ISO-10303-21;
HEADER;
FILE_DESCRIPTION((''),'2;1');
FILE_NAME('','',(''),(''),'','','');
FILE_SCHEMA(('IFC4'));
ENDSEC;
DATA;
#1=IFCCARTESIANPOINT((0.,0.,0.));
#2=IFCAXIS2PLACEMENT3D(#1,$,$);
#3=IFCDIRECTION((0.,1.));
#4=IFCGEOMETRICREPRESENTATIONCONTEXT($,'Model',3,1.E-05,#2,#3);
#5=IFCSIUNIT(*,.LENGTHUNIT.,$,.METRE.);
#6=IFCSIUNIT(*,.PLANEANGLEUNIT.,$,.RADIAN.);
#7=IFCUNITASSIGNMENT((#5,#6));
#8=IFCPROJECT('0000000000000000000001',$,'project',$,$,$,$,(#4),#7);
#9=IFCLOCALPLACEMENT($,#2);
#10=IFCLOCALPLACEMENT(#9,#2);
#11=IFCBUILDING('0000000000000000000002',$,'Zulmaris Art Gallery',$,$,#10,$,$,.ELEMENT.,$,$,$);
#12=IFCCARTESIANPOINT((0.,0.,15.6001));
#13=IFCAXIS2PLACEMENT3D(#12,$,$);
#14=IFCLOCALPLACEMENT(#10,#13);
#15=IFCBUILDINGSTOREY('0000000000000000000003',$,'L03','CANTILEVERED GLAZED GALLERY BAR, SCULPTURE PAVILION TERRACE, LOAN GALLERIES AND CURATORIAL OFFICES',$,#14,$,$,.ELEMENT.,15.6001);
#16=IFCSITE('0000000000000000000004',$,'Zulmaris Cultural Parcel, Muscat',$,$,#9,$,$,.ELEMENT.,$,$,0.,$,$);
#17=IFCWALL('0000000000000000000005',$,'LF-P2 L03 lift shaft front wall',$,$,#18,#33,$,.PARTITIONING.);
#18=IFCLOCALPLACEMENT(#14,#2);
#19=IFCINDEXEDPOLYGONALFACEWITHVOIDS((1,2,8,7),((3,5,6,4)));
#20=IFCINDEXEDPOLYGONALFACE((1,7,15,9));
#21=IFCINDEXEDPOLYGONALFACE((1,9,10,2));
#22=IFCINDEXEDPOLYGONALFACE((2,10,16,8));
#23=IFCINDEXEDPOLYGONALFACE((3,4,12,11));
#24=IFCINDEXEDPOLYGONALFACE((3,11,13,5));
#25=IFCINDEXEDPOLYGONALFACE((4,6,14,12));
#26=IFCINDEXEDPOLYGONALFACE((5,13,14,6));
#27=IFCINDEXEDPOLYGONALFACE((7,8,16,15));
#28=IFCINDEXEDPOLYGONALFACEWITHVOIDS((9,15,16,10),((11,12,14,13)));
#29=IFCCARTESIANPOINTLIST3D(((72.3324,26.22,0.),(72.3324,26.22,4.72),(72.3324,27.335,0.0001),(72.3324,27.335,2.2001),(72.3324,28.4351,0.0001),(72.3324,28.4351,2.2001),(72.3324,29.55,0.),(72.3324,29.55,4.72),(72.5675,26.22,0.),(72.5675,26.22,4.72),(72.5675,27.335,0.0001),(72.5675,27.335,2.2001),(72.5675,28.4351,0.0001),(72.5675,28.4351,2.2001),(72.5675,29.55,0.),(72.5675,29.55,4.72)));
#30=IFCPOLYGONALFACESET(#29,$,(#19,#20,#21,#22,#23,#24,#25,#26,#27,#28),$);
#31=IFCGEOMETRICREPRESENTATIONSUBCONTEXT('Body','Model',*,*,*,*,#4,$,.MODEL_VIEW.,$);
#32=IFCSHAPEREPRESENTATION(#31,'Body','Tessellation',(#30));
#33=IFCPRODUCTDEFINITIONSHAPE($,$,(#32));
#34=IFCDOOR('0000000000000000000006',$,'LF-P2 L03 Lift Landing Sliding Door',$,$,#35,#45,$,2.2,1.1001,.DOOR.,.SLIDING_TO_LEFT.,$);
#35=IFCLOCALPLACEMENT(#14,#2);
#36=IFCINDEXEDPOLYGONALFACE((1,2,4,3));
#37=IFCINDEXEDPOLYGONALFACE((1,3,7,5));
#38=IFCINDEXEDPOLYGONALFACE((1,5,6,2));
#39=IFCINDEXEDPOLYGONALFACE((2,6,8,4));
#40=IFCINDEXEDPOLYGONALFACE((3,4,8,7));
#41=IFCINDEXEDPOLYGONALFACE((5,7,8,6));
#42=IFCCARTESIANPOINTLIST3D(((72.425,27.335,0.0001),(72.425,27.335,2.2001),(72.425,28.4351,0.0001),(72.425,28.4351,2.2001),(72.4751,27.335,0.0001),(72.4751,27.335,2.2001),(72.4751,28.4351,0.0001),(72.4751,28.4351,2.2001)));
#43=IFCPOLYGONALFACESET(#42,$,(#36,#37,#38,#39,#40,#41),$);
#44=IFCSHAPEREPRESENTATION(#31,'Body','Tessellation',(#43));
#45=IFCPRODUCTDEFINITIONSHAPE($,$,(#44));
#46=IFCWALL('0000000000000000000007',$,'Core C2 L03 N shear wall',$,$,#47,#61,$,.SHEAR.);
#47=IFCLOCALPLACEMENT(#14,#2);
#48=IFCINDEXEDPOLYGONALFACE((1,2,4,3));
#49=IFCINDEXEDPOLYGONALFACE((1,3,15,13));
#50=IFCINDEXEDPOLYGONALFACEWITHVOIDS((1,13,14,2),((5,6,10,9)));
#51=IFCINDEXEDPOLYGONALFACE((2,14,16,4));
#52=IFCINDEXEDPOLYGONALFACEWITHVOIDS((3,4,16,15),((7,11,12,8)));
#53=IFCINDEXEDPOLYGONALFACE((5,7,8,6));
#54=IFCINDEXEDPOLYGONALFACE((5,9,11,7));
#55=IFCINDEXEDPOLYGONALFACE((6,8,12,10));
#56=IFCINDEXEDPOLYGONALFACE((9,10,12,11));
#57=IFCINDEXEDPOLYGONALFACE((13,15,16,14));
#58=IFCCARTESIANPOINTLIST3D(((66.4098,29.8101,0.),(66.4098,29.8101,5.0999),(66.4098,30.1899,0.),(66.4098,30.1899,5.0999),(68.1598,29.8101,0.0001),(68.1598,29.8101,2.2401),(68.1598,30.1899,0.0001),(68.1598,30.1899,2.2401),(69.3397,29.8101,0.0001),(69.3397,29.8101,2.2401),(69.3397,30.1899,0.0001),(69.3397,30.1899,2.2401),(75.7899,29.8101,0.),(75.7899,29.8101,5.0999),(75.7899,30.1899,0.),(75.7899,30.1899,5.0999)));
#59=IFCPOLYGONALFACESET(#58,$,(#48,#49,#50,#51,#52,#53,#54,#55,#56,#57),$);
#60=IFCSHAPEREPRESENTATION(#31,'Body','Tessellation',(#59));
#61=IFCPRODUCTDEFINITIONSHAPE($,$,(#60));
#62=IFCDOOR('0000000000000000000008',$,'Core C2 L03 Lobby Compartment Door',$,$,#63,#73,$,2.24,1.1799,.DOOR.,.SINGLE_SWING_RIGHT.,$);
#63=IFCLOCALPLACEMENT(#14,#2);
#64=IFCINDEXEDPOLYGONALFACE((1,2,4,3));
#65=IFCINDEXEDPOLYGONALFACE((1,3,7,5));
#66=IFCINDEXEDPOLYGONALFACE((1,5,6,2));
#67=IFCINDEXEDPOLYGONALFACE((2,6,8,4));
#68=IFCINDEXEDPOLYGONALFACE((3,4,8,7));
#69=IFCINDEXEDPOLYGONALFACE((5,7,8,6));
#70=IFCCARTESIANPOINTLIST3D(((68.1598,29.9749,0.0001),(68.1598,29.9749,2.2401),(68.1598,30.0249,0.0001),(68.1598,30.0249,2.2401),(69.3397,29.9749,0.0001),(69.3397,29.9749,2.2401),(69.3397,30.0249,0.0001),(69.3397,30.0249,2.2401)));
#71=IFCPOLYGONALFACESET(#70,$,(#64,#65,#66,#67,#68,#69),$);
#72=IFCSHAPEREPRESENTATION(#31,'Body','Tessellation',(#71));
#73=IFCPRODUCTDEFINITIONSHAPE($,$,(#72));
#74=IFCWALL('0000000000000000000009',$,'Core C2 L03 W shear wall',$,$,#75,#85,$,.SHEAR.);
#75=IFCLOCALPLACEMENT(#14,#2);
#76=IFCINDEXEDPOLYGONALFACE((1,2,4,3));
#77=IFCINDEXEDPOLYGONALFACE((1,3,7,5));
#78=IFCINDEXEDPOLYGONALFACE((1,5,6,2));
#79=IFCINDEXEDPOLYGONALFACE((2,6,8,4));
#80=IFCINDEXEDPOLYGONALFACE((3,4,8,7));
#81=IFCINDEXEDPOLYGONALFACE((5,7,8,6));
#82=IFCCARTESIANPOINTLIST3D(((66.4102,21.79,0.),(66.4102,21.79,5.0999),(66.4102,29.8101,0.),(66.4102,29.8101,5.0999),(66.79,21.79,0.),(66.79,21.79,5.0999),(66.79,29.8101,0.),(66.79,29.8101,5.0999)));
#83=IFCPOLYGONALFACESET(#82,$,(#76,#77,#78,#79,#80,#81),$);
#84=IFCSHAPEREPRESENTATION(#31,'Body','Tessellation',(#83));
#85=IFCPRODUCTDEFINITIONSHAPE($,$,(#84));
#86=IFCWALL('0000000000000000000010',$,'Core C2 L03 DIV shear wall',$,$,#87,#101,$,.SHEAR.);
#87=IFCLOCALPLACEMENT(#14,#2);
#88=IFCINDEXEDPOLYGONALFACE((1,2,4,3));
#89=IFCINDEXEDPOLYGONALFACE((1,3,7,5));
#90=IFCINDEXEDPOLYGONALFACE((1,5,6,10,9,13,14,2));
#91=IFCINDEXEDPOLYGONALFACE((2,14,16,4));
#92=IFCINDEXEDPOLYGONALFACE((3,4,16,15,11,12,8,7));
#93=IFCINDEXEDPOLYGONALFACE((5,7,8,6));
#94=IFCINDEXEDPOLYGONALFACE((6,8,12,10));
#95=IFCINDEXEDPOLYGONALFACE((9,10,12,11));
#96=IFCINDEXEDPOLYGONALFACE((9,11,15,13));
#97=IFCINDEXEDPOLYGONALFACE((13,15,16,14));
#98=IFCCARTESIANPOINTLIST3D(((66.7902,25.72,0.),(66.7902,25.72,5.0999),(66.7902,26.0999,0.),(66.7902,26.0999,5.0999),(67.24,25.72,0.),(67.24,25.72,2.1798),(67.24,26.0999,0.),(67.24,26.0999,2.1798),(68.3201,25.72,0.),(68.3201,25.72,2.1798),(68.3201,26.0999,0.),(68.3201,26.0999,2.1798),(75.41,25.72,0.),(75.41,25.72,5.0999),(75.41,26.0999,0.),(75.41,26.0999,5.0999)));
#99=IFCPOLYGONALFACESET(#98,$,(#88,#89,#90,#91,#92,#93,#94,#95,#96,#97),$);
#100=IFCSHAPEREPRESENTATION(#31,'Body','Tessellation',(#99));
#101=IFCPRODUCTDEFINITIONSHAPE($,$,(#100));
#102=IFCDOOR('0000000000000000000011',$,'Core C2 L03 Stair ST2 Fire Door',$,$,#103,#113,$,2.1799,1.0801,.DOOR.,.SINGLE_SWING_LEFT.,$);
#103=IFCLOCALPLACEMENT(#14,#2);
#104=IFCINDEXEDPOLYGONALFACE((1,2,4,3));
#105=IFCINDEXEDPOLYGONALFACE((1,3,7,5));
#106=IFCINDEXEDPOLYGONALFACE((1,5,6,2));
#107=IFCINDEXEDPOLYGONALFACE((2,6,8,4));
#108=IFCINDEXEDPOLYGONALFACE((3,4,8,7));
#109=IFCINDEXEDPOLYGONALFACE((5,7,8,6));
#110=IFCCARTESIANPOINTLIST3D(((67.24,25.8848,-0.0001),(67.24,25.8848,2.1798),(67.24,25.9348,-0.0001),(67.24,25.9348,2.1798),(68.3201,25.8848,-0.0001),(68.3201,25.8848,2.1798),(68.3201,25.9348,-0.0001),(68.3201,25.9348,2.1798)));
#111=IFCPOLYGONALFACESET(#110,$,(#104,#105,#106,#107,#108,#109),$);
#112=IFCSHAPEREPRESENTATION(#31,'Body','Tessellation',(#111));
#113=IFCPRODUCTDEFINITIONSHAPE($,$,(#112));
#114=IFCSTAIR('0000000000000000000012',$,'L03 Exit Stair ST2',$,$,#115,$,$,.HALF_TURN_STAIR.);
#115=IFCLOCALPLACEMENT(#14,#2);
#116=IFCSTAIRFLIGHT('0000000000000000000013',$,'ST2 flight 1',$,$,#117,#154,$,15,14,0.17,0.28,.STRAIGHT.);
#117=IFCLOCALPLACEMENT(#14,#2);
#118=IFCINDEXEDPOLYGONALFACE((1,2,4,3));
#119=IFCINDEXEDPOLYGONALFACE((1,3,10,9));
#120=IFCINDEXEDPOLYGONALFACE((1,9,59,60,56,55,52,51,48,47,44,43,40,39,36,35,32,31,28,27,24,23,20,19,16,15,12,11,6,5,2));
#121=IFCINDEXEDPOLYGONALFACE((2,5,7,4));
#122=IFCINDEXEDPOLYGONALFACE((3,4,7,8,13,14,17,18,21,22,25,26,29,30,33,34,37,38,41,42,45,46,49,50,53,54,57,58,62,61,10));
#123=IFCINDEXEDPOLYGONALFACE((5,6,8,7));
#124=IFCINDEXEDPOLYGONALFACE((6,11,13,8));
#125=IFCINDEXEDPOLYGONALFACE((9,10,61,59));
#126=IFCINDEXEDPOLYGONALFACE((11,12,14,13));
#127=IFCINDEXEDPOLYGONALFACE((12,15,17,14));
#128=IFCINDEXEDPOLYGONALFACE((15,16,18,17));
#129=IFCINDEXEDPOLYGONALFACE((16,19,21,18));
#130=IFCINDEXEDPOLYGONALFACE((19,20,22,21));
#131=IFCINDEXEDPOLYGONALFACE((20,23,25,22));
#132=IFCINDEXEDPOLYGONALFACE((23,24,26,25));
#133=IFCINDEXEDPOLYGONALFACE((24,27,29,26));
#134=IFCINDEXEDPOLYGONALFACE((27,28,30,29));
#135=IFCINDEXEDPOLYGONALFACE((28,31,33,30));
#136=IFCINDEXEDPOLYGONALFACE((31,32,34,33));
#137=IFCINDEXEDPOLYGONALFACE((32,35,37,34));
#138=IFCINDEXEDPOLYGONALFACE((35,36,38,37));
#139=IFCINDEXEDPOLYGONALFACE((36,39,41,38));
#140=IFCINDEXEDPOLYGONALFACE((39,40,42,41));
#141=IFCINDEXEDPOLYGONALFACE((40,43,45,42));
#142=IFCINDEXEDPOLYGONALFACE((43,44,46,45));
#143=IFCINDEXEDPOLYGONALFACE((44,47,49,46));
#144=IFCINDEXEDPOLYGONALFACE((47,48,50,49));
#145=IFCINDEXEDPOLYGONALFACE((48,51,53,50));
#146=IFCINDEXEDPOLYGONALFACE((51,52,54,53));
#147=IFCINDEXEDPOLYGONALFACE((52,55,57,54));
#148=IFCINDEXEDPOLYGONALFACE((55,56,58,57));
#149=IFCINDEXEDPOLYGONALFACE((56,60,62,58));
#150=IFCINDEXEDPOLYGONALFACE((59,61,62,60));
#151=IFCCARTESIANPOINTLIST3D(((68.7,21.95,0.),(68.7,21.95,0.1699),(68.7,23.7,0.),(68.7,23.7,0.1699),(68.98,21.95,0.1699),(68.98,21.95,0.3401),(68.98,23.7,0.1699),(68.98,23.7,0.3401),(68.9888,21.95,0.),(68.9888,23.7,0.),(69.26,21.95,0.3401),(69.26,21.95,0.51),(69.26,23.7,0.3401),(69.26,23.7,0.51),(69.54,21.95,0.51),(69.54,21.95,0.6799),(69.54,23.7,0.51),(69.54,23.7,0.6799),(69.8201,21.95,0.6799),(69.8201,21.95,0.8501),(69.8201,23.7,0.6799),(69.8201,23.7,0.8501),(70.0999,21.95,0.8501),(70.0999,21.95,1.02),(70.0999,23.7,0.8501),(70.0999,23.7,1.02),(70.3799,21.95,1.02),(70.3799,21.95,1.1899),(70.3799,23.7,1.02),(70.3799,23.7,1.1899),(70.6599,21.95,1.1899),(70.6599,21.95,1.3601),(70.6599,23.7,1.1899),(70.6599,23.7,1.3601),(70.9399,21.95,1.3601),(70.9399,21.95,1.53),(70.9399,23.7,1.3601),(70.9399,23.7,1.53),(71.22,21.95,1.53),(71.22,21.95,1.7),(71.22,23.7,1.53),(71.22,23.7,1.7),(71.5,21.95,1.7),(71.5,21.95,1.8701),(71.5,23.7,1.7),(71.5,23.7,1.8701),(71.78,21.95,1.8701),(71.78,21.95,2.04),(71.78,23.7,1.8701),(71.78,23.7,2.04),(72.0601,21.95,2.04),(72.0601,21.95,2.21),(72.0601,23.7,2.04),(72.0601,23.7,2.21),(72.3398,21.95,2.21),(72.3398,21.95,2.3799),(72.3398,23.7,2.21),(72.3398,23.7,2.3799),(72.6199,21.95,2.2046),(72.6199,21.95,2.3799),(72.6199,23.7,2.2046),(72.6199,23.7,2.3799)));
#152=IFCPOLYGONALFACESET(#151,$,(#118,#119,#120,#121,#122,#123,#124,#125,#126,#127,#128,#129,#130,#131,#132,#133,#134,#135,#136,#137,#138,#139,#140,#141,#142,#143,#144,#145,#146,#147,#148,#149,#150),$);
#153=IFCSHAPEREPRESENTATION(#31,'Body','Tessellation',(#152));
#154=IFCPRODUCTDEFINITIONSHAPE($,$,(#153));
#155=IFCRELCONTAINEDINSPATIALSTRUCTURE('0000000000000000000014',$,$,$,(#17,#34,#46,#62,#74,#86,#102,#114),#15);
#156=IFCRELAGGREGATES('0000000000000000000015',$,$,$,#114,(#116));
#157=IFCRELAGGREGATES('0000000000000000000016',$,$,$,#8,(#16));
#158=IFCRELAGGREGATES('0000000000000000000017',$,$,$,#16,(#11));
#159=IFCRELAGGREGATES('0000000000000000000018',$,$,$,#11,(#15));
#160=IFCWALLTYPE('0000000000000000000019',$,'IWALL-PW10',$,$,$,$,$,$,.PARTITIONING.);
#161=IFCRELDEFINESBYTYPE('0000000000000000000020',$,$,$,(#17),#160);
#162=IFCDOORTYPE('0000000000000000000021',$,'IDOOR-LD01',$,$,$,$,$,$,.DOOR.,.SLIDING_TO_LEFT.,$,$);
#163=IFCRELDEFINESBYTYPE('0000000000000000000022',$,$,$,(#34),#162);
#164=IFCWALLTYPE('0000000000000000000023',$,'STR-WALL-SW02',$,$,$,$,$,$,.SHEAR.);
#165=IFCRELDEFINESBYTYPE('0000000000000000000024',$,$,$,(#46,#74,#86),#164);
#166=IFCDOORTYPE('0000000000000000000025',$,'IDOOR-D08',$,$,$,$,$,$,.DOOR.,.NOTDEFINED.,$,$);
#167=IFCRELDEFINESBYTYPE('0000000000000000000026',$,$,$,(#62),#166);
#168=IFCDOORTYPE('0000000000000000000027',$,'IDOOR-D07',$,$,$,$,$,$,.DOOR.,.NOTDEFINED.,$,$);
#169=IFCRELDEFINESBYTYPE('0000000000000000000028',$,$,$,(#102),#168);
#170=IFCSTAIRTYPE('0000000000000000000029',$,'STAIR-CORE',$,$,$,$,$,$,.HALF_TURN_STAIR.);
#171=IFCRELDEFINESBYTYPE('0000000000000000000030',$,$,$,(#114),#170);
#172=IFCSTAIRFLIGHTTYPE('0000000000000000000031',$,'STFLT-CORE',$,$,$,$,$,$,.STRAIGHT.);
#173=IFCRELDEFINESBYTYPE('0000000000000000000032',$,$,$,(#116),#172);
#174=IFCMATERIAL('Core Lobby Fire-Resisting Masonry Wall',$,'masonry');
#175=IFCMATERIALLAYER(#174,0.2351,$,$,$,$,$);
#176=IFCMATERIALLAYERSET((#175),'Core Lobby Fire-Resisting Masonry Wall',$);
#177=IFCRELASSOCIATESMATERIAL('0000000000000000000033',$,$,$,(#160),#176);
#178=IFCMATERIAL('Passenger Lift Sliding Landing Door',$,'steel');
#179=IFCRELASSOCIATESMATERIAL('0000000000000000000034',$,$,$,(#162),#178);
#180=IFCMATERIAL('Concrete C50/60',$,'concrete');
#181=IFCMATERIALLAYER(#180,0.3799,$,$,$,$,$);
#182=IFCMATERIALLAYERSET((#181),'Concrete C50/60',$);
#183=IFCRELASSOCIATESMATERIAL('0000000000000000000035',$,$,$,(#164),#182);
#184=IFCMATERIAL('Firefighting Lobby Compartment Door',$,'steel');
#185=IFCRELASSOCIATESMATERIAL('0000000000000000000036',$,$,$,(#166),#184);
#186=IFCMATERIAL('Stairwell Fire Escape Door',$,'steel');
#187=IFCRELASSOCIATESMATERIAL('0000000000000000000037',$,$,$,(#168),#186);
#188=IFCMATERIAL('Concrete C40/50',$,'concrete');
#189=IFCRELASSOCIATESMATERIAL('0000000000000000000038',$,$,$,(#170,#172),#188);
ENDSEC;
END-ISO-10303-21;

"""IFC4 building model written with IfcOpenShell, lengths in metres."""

from ifc_helpers import new_model, si_unit, direction, frame, frame_2d, origin, place, context, subcontext, project, spatial, polyline, rectangle, outline, extrude, material, layer, layer_set, type_object, element, fill, aggregate, save


model = new_model("IFC4")

# Units and contexts
model_context = context("Model", 3, precision=1e-05, world=origin(), true_north=direction((0.0, 1.0)))
body_context = subcontext(model_context, "Body", "Model", "MODEL_VIEW")
ifc_project = project(units=[si_unit("LENGTHUNIT", "METRE"), si_unit("PLANEANGLEUNIT", "RADIAN")], contexts=[model_context])

# Site, building, storey
site_placement = place(None, origin())
site = spatial("IfcSite", under=ifc_project, at=site_placement, Name="Zulmaris Cultural Parcel, Muscat", CompositionType="ELEMENT", RefElevation=0.0)
building_placement = place(site_placement, origin())
building = spatial("IfcBuilding", under=site, at=building_placement, Name="Zulmaris Art Gallery", CompositionType="ELEMENT")
storey_placement = place(building_placement, frame((0.0, 0.0, 15.6001)))
storey = spatial("IfcBuildingStorey", under=building, at=storey_placement, Name="L03", Description="CANTILEVERED GLAZED GALLERY BAR, SCULPTURE PAVILION TERRACE, LOAN GALLERIES AND CURATORIAL OFFICES", CompositionType="ELEMENT", Elevation=15.6001)

# Shared definitions
ifc_material_1 = material(Name="Concrete C40/50", Category="concrete")

# Walls, openings, doors
ifc_material_2 = material(Name="Core Lobby Fire-Resisting Masonry Wall", Category="masonry")
ifc_layer_1 = layer(ifc_material_2, 0.2351)
ifc_layer_set_1 = layer_set([ifc_layer_1], Name="Core Lobby Fire-Resisting Masonry Wall")
wall_type_1 = type_object("IfcWallType", Name="IWALL-PW10", PredefinedType="PARTITIONING", material=ifc_layer_set_1)
wall_1_placement = place(storey_placement, frame((72.45, 26.22, 0.0), z_axis=(0.0, 0.0, 1.0), x_axis=(0.0, 1.0, 0.0)))
wall_1 = element("IfcWall", 1, at=wall_1_placement, inside=storey, type_object=wall_type_1, Name="LF-P2 L03 lift shaft front wall", PredefinedType="PARTITIONING", context=body_context, shape_type="SweptSolid", body=[
    extrude(rectangle(XDim=3.3301, YDim=0.2351, at=frame_2d((1.665, 0.0))), origin(), (0.0, 0.0, 1.0), 4.72),
])
opening_1_placement = place(wall_1_placement, frame((1.115, 0.0, 0.0)))
opening_1 = element("IfcOpeningElement", 2, at=opening_1_placement, cuts=wall_1, PredefinedType="OPENING", context=body_context, shape_type="SweptSolid", body=[
    extrude(rectangle(XDim=1.1001, YDim=2.2, at=frame_2d((0.55, 1.1001))), frame((0.0, 0.1274, 0.0), z_axis=(0.0, -1.0, 0.0), x_axis=(1.0, 0.0, 0.0)), (0.0, 0.0, 1.0), 0.2551),
])
ifc_material_3 = material(Name="Passenger Lift Sliding Landing Door", Category="steel")
door_type_1 = type_object("IfcDoorType", Name="IDOOR-LD01", OperationType="SLIDING_TO_LEFT", PredefinedType="DOOR", material=ifc_material_3)
door_1_placement = place(opening_1_placement, origin())
door_1 = element("IfcDoor", 3, at=door_1_placement, inside=storey, type_object=door_type_1, Name="LF-P2 L03 Lift Landing Sliding Door", OperationType="SLIDING_TO_LEFT", OverallHeight=2.2, OverallWidth=1.1001, PredefinedType="DOOR", context=body_context, shape_type="SweptSolid", body=[
    extrude(rectangle(XDim=1.1001, YDim=2.2, at=frame_2d((0.55, 1.1001))), frame((0.0, 0.0249, 0.0), z_axis=(0.0, -1.0, 0.0), x_axis=(1.0, 0.0, 0.0)), (0.0, 0.0, 1.0), 0.05),
])
fill(opening_1, door_1)
ifc_material_4 = material(Name="Concrete C50/60", Category="concrete")
ifc_layer_2 = layer(ifc_material_4, 0.3799)
ifc_layer_set_2 = layer_set([ifc_layer_2], Name="Concrete C50/60")
wall_type_2 = type_object("IfcWallType", Name="STR-WALL-SW02", PredefinedType="SHEAR", material=ifc_layer_set_2)
wall_2_placement = place(storey_placement, frame((66.4099, 30.0, 0.0), z_axis=(0.0, 0.0, 1.0), x_axis=(1.0, 0.0, 0.0)))
wall_2 = element("IfcWall", 4, at=wall_2_placement, inside=storey, type_object=wall_type_2, Name="Core C2 L03 N shear wall", PredefinedType="SHEAR", context=body_context, shape_type="SweptSolid", body=[
    extrude(rectangle(XDim=9.3801, YDim=0.3799, at=frame_2d((4.6899, 0.0))), origin(), (0.0, 0.0, 1.0), 5.0999),
])
opening_2_placement = place(wall_2_placement, frame((1.75, 0.0, 0.0)))
opening_2 = element("IfcOpeningElement", 5, at=opening_2_placement, cuts=wall_2, PredefinedType="OPENING", context=body_context, shape_type="SweptSolid", body=[
    extrude(rectangle(XDim=1.1799, YDim=2.24, at=frame_2d((0.5898, 1.1201))), frame((0.0, 0.2, 0.0), z_axis=(0.0, -1.0, 0.0), x_axis=(1.0, 0.0, 0.0)), (0.0, 0.0, 1.0), 0.3999),
])
ifc_material_5 = material(Name="Firefighting Lobby Compartment Door", Category="steel")
door_type_2 = type_object("IfcDoorType", Name="IDOOR-D08", OperationType="NOTDEFINED", PredefinedType="DOOR", material=ifc_material_5)
door_2_placement = place(opening_2_placement, origin())
door_2 = element("IfcDoor", 6, at=door_2_placement, inside=storey, type_object=door_type_2, Name="Core C2 L03 Lobby Compartment Door", OperationType="SINGLE_SWING_RIGHT", OverallHeight=2.24, OverallWidth=1.1799, PredefinedType="DOOR", context=body_context, shape_type="SweptSolid", body=[
    extrude(rectangle(XDim=1.1799, YDim=2.24, at=frame_2d((0.5898, 1.1201))), frame((0.0, 0.0249, 0.0), z_axis=(0.0, -1.0, 0.0), x_axis=(1.0, 0.0, 0.0)), (0.0, 0.0, 1.0), 0.05),
])
fill(opening_2, door_2)

# Wall
wall_3_placement = place(storey_placement, frame((66.6001, 21.79, 0.0), z_axis=(0.0, 0.0, 1.0), x_axis=(0.0, 1.0, 0.0)))
element("IfcWall", 7, at=wall_3_placement, inside=storey, type_object=wall_type_2, Name="Core C2 L03 W shear wall", PredefinedType="SHEAR", context=body_context, shape_type="SweptSolid", body=[
    extrude(rectangle(XDim=8.02, YDim=0.3799, at=frame_2d((4.01, 0.0))), origin(), (0.0, 0.0, 1.0), 5.0999),
])

# Wall, opening, door
wall_4_placement = place(storey_placement, frame((66.79, 25.9099, 0.0), z_axis=(0.0, 0.0, 1.0), x_axis=(1.0, 0.0, 0.0)))
wall_4 = element("IfcWall", 8, at=wall_4_placement, inside=storey, type_object=wall_type_2, Name="Core C2 L03 DIV shear wall", PredefinedType="SHEAR", context=body_context, shape_type="SweptSolid", body=[
    extrude(rectangle(XDim=8.6199, YDim=0.3799, at=frame_2d((4.3101, 0.0))), origin(), (0.0, 0.0, 1.0), 5.0999),
])
opening_3_placement = place(wall_4_placement, frame((0.45, 0.0, 0.0)))
opening_3 = element("IfcOpeningElement", 9, at=opening_3_placement, cuts=wall_4, PredefinedType="OPENING", context=body_context, shape_type="SweptSolid", body=[
    extrude(rectangle(XDim=1.0801, YDim=2.1799, at=frame_2d((0.54, 1.0898))), frame((0.0, 0.2, 0.0), z_axis=(0.0, -1.0, 0.0), x_axis=(1.0, 0.0, 0.0)), (0.0, 0.0, 1.0), 0.3999),
])
ifc_material_6 = material(Name="Stairwell Fire Escape Door", Category="steel")
door_type_3 = type_object("IfcDoorType", Name="IDOOR-D07", OperationType="NOTDEFINED", PredefinedType="DOOR", material=ifc_material_6)
door_3_placement = place(opening_3_placement, origin())
door_3 = element("IfcDoor", 10, at=door_3_placement, inside=storey, type_object=door_type_3, Name="Core C2 L03 Stair ST2 Fire Door", OperationType="SINGLE_SWING_LEFT", OverallHeight=2.1799, OverallWidth=1.0801, PredefinedType="DOOR", context=body_context, shape_type="SweptSolid", body=[
    extrude(rectangle(XDim=1.0801, YDim=2.1799, at=frame_2d((0.54, 1.0898))), frame((0.0, 0.0249, 0.0), z_axis=(0.0, -1.0, 0.0), x_axis=(1.0, 0.0, 0.0)), (0.0, 0.0, 1.0), 0.05),
])
fill(opening_3, door_3)

# Stair, stair flight
stair_type = type_object("IfcStairType", Name="STAIR-CORE", PredefinedType="HALF_TURN_STAIR", material=ifc_material_1)
stair_placement = place(storey_placement, origin())
stair = element("IfcStair", 11, at=stair_placement, inside=storey, type_object=stair_type, Name="L03 Exit Stair ST2", PredefinedType="HALF_TURN_STAIR")
stair_flight_type = type_object("IfcStairFlightType", Name="STFLT-CORE", PredefinedType="STRAIGHT", material=ifc_material_1)
stair_flight_placement = place(storey_placement, frame((68.7, 22.825, 0.0), z_axis=(0.0, 0.0, 1.0), x_axis=(1.0, 0.0, 0.0)))
stair_flight = element("IfcStairFlight", 12, at=stair_flight_placement, type_object=stair_flight_type, Name="ST2 flight 1", NumberOfRisers=15, NumberOfTreads=14, PredefinedType="STRAIGHT", RiserHeight=0.17, TreadLength=0.28, context=body_context, shape_type="SweptSolid", body=[
    extrude(outline(polyline([(0.0, 0.0), (0.0, 0.1699), (0.28, 0.1699), (0.28, 0.3401), (0.5601, 0.3401), (0.5601, 0.51), (0.8401, 0.51), (0.8401, 0.6799), (1.1201, 0.6799), (1.1201, 0.8501), (1.3999, 0.8501), (1.3999, 1.02), (1.6799, 1.02), (1.6799, 1.1899), (1.96, 1.1899), (1.96, 1.3601), (2.24, 1.3601), (2.24, 1.53), (2.52, 1.53), (2.52, 1.7), (2.8, 1.7), (2.8, 1.8701), (3.0801, 1.8701), (3.0801, 2.04), (3.3601, 2.04), (3.3601, 2.21), (3.6399, 2.21), (3.6399, 2.3799), (3.9199, 2.3799), (3.9199, 2.55), (3.9199, 2.2046), (0.2888, 0.0), (0.0, 0.0)])), frame((0.0, 0.875, 0.0), z_axis=(0.0, -1.0, 0.0), x_axis=(1.0, 0.0, 0.0)), (0.0, 0.0, 1.0), 1.75),
])
aggregate(stair, [stair_flight])

save(model, "model.ifc")
